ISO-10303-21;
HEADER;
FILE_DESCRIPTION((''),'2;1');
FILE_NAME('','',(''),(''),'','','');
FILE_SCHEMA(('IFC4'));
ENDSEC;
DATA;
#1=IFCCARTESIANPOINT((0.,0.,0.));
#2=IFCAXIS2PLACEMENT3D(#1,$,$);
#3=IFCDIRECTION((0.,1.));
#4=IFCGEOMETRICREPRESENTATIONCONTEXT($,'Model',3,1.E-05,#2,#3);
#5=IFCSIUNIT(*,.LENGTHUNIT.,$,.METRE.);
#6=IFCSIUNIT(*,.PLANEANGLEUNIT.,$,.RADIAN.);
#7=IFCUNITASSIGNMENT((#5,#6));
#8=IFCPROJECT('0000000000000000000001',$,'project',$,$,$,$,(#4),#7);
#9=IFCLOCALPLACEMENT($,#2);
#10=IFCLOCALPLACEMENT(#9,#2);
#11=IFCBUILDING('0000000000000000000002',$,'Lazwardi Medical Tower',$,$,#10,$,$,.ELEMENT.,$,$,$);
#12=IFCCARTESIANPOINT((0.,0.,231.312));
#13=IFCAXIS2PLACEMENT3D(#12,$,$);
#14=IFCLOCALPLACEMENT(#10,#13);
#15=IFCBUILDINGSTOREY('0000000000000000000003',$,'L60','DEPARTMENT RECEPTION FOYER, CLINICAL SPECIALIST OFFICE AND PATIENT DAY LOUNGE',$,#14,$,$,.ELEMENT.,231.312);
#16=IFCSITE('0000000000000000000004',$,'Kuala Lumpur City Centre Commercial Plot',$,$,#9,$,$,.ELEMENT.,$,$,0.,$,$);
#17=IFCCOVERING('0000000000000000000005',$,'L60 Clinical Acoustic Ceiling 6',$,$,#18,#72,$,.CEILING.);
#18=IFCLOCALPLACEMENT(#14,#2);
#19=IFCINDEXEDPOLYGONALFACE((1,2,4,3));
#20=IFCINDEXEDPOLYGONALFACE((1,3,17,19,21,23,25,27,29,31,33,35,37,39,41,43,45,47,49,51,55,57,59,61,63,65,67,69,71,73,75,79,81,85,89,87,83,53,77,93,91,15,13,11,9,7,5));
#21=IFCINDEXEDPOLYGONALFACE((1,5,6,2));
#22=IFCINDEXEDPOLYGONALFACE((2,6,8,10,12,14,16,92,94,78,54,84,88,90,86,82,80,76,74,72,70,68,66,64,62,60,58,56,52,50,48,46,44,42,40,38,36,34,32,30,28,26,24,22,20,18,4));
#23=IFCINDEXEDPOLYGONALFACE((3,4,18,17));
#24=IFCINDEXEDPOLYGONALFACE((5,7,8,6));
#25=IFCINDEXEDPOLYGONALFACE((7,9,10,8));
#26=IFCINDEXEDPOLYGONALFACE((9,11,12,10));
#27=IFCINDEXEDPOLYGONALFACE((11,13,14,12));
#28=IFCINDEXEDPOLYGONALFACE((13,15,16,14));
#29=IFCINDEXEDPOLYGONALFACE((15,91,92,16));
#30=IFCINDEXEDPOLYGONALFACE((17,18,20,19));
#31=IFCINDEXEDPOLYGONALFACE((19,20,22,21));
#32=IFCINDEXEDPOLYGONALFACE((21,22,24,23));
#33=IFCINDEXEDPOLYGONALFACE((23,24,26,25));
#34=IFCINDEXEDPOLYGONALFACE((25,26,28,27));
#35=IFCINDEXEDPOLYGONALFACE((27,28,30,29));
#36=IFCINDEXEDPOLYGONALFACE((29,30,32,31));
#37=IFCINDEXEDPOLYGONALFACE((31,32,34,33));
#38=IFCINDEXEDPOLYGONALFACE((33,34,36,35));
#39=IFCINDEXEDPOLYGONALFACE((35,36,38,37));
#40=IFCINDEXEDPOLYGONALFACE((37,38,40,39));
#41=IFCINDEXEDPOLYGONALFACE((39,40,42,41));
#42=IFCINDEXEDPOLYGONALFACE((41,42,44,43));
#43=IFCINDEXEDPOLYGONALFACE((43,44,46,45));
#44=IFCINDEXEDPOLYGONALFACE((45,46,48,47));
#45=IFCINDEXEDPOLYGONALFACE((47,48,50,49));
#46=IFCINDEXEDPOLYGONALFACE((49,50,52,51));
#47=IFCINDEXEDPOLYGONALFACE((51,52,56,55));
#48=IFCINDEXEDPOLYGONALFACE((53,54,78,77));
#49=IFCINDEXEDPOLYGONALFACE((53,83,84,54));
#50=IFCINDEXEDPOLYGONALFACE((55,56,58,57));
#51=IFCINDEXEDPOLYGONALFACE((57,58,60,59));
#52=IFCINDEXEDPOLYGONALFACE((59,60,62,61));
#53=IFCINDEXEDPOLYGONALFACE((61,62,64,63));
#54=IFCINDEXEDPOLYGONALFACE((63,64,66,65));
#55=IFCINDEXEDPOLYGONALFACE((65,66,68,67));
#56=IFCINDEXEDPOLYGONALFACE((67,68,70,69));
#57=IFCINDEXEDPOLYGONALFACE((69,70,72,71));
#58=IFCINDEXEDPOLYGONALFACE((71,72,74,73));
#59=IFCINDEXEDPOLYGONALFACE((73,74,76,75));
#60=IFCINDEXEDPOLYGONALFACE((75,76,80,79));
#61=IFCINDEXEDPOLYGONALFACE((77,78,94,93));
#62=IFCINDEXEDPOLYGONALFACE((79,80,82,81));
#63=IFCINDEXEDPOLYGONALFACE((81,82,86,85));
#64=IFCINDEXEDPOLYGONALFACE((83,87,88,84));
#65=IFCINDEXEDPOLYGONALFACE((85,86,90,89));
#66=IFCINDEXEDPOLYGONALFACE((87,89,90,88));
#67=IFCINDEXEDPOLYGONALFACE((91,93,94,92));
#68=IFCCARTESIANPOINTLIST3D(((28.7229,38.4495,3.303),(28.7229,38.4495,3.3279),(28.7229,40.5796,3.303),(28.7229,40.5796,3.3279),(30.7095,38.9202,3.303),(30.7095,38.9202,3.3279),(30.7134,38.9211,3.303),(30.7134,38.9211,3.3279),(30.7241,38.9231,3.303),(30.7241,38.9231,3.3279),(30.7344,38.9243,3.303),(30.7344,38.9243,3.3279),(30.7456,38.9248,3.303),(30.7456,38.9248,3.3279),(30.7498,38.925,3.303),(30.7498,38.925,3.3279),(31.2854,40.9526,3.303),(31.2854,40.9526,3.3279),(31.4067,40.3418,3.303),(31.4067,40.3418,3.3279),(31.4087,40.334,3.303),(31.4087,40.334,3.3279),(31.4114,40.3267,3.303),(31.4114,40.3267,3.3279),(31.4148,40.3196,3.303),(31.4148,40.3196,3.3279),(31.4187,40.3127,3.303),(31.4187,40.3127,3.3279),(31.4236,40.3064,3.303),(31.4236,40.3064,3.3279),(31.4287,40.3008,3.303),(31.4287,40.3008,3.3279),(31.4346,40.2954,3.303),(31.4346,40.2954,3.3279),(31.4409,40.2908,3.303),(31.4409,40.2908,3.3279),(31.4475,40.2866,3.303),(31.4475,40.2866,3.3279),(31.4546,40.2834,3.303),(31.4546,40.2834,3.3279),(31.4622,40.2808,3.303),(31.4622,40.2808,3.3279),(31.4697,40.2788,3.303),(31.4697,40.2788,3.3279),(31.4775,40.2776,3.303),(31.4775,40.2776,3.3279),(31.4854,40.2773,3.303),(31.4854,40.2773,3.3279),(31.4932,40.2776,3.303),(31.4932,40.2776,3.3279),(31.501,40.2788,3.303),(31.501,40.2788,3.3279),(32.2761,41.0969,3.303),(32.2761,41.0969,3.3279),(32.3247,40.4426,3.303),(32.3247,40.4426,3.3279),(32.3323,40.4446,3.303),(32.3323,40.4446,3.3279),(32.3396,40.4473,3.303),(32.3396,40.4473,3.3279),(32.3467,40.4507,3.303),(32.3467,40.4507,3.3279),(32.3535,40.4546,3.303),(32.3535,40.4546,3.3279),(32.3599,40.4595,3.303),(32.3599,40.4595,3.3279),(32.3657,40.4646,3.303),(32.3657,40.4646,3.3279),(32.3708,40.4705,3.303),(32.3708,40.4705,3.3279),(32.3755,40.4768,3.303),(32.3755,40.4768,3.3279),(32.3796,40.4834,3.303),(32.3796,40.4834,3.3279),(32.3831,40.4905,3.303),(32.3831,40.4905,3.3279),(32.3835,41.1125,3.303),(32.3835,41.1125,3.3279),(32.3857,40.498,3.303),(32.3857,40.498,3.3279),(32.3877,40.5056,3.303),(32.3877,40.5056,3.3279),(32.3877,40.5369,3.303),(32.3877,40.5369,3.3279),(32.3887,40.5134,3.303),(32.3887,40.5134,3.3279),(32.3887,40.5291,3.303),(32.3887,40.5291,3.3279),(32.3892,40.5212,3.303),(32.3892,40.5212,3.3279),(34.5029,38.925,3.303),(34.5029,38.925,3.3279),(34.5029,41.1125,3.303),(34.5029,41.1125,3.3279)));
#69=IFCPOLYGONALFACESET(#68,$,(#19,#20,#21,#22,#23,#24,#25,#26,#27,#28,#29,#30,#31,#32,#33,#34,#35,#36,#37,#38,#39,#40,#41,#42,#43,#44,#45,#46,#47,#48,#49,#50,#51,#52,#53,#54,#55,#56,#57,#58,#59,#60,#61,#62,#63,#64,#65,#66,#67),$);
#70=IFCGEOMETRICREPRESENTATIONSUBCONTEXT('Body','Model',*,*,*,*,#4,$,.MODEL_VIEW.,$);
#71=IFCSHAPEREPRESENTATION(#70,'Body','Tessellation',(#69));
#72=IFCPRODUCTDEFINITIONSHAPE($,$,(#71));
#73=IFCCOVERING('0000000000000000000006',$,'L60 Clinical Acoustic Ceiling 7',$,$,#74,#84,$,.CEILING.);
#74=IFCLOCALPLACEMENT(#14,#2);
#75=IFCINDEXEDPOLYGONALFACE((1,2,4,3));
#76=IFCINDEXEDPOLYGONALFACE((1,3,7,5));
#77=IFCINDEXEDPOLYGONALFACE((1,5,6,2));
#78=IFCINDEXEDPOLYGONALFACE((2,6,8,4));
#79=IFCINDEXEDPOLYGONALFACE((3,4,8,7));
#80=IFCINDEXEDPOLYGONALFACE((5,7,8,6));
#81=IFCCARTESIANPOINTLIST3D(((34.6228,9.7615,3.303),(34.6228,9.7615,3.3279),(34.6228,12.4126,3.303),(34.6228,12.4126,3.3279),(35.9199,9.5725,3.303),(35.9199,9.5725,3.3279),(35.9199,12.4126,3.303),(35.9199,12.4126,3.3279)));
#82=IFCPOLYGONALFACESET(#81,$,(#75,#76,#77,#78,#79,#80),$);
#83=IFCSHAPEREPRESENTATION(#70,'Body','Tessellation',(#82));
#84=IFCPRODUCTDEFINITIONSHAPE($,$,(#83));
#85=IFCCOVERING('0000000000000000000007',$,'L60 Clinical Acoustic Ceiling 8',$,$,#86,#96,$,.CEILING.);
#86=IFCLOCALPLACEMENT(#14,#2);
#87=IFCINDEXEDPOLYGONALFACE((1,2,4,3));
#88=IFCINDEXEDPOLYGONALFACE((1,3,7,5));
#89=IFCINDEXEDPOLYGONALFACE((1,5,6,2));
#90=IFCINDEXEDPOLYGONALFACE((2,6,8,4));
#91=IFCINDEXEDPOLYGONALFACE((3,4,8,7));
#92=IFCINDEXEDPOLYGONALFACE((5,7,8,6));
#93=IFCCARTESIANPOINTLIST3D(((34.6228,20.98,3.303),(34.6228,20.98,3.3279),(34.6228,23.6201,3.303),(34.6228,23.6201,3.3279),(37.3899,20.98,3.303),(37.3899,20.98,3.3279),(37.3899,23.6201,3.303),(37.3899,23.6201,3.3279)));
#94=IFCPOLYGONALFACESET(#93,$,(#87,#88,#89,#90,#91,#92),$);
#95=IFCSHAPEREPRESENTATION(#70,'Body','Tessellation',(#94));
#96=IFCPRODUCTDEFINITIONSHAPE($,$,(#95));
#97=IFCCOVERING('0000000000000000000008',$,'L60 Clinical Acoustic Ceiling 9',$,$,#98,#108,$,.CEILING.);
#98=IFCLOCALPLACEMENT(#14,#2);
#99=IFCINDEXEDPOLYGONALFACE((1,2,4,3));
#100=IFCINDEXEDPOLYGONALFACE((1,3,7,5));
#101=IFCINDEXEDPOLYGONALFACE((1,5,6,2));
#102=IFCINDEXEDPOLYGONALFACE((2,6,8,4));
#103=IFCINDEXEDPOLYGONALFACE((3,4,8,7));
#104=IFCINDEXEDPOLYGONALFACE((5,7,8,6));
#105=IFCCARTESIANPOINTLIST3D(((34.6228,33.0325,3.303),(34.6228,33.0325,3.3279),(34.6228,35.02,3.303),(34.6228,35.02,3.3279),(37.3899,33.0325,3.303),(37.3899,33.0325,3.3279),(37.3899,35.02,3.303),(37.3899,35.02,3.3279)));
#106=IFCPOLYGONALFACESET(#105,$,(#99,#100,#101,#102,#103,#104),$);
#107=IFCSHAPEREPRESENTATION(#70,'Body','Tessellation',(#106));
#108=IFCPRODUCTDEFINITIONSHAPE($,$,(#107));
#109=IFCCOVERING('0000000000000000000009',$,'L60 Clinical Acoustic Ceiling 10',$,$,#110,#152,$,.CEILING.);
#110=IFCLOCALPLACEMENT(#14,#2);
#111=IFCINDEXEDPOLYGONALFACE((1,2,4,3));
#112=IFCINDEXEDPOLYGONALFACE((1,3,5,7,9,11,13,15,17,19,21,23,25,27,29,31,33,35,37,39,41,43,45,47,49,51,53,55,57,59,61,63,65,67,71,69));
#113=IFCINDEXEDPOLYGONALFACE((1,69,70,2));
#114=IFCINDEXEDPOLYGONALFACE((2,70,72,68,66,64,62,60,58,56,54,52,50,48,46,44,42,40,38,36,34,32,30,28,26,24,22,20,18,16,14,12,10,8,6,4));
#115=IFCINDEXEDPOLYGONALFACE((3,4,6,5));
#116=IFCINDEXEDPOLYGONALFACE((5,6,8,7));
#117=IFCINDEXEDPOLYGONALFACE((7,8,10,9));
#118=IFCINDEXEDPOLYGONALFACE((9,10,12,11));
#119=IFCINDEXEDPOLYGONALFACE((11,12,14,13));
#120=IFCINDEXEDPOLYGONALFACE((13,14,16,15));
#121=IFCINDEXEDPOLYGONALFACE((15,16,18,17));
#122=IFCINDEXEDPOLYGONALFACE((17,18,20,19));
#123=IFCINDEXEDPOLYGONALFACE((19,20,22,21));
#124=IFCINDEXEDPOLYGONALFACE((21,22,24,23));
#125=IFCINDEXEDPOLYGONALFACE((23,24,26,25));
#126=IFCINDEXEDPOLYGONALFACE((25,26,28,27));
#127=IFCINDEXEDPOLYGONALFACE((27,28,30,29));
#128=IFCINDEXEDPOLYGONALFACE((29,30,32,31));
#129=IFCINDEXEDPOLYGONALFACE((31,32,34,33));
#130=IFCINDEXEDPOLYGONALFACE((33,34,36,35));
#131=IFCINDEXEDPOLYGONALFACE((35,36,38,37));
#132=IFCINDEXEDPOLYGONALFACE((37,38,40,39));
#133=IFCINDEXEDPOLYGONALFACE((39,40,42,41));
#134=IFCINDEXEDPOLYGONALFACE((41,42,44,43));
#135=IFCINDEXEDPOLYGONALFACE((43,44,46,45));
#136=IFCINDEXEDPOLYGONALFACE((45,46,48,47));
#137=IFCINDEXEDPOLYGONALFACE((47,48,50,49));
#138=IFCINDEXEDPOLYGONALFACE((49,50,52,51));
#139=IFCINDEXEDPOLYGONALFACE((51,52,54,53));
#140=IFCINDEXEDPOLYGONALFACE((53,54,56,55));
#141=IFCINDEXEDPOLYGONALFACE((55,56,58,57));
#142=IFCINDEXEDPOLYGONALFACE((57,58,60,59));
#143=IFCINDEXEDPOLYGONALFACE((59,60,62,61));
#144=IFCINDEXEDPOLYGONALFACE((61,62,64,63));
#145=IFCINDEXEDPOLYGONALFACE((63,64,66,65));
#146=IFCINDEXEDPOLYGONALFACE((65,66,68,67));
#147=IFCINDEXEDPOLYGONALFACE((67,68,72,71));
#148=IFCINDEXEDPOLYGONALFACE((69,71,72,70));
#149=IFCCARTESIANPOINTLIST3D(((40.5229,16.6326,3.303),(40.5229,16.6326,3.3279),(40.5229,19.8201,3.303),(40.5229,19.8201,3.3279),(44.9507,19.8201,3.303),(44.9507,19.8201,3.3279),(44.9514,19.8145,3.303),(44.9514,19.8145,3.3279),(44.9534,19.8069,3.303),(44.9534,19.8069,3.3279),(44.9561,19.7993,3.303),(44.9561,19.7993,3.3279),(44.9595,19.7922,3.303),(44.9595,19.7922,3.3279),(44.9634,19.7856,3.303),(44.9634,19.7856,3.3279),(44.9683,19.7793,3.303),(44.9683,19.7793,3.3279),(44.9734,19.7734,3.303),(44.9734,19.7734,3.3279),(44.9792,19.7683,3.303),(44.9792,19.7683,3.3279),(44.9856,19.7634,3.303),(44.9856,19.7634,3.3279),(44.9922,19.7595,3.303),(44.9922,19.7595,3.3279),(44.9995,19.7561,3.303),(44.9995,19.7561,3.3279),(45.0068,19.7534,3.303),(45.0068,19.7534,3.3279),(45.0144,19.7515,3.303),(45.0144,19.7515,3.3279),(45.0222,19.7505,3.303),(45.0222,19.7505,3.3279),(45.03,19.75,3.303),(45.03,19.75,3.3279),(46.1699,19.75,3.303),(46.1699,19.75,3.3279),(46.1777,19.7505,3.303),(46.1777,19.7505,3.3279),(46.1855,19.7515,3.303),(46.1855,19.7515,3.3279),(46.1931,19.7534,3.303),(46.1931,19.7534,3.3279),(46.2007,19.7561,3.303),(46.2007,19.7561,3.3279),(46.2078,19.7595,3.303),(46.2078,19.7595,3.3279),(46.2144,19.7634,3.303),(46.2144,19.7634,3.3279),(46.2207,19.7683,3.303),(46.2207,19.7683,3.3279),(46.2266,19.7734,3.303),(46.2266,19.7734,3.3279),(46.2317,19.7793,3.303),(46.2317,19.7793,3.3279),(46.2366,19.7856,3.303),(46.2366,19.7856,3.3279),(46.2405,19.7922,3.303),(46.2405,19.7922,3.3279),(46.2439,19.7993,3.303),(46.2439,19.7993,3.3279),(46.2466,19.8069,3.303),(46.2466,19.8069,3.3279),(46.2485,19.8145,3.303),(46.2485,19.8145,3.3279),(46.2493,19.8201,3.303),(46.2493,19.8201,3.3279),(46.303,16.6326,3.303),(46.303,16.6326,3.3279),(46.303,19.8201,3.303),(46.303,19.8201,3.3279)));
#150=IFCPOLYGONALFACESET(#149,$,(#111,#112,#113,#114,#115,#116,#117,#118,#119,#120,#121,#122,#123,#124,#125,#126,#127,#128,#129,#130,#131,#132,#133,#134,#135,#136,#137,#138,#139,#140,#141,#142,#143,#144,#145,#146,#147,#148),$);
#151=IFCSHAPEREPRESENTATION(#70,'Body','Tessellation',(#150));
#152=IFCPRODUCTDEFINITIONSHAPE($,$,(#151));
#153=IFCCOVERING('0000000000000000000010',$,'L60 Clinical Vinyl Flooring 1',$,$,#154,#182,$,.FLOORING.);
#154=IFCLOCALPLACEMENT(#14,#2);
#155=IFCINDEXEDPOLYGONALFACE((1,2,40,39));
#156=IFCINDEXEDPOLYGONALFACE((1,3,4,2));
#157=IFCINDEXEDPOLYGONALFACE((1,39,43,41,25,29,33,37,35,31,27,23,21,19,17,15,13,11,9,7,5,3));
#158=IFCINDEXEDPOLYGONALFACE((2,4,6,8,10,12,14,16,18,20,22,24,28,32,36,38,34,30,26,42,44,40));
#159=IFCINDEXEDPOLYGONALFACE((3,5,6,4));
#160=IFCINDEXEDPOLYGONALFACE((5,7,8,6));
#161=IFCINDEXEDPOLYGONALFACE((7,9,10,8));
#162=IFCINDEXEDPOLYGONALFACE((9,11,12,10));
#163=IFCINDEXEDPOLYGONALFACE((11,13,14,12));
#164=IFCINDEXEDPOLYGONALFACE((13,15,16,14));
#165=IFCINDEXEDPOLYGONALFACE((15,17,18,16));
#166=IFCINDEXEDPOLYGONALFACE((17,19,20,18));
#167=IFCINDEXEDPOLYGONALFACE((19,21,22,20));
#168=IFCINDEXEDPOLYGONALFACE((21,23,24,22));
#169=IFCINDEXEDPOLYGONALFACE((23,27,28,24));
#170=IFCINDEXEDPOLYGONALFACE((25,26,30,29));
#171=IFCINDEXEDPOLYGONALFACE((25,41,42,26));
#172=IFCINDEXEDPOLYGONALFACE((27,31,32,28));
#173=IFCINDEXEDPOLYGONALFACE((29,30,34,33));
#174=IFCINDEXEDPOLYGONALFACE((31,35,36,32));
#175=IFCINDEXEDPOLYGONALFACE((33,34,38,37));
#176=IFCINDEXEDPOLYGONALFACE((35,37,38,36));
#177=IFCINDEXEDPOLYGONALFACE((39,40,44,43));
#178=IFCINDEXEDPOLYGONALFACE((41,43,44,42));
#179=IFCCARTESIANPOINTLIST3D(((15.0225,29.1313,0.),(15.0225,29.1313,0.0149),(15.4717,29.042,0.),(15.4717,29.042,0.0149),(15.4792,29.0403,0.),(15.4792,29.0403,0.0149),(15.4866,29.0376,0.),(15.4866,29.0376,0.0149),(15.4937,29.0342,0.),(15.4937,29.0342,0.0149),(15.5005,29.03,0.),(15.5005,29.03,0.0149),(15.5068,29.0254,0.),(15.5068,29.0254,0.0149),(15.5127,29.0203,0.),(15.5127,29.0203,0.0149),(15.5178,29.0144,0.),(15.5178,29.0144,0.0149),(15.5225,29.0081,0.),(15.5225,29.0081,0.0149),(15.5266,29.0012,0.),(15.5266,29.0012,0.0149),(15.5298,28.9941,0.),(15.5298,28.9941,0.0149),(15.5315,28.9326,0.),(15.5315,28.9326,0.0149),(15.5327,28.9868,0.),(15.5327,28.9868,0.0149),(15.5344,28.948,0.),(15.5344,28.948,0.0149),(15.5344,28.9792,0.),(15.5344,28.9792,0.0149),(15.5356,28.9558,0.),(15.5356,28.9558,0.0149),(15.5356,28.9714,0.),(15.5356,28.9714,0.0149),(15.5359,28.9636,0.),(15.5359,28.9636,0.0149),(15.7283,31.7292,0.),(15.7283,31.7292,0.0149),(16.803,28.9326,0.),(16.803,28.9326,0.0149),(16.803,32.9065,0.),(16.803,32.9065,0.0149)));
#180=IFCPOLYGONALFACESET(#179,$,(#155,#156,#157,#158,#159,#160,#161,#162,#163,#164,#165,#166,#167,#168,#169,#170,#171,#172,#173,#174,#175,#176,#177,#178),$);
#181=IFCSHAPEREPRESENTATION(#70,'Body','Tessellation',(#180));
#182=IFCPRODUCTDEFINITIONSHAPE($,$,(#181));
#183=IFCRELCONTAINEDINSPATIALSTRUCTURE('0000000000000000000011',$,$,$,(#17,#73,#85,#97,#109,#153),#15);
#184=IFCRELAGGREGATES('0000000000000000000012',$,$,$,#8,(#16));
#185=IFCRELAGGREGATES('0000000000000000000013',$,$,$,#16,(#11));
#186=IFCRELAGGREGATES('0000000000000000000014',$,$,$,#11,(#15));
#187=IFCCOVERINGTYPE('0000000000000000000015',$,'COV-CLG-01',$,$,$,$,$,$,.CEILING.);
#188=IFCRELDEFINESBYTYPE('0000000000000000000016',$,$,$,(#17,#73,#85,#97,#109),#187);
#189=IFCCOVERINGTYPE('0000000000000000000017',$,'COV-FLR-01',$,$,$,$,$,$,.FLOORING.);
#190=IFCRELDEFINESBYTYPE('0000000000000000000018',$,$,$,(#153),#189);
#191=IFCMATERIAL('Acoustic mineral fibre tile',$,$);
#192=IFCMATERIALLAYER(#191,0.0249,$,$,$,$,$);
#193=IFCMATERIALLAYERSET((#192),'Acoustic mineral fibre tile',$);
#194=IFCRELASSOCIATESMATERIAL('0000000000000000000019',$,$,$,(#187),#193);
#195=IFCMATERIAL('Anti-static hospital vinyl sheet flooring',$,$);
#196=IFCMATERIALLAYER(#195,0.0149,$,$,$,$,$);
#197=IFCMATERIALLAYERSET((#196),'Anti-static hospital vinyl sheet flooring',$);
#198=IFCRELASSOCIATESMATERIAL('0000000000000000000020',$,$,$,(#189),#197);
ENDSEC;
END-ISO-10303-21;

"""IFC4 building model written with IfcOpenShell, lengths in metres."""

from ifc_helpers import new_model, si_unit, direction, frame, origin, place, context, subcontext, project, spatial, polyline, outline, extrude, material, layer, layer_set, type_object, element, save


model = new_model("IFC4")

# Units and contexts
model_context = context("Model", 3, precision=1e-05, world=origin(), true_north=direction((0.0, 1.0)))
body_context = subcontext(model_context, "Body", "Model", "MODEL_VIEW")
ifc_project = project(units=[si_unit("LENGTHUNIT", "METRE"), si_unit("PLANEANGLEUNIT", "RADIAN")], contexts=[model_context])

# Site, building, storey
site_placement = place(None, origin())
site = spatial("IfcSite", under=ifc_project, at=site_placement, Name="Kuala Lumpur City Centre Commercial Plot", CompositionType="ELEMENT", RefElevation=0.0)
building_placement = place(site_placement, origin())
building = spatial("IfcBuilding", under=site, at=building_placement, Name="Lazwardi Medical Tower", CompositionType="ELEMENT")
storey_placement = place(building_placement, frame((0.0, 0.0, 231.312)))
storey = spatial("IfcBuildingStorey", under=building, at=storey_placement, Name="L60", Description="DEPARTMENT RECEPTION FOYER, CLINICAL SPECIALIST OFFICE AND PATIENT DAY LOUNGE", CompositionType="ELEMENT", Elevation=231.312)

# Coverings
ifc_material_1 = material(Name="Acoustic mineral fibre tile")
ifc_layer_1 = layer(ifc_material_1, 0.0249)
ifc_layer_set_1 = layer_set([ifc_layer_1], Name="Acoustic mineral fibre tile")
covering_type_1 = type_object("IfcCoveringType", Name="COV-CLG-01", PredefinedType="CEILING", material=ifc_layer_set_1)
covering_1_placement = place(storey_placement, frame((0.0, 0.0, 3.303)))
element("IfcCovering", 1, at=covering_1_placement, inside=storey, type_object=covering_type_1, Name="L60 Clinical Acoustic Ceiling 6", PredefinedType="CEILING", context=body_context, shape_type="SweptSolid", body=[
    extrude(outline(polyline([(32.3835, 41.1125), (32.2761, 41.0969), (32.3877, 40.5369), (32.3887, 40.5291), (32.3892, 40.5212), (32.3887, 40.5134), (32.3877, 40.5056), (32.3857, 40.498), (32.3831, 40.4905), (32.3796, 40.4834), (32.3755, 40.4768), (32.3708, 40.4705), (32.3657, 40.4646), (32.3599, 40.4595), (32.3535, 40.4546), (32.3467, 40.4507), (32.3396, 40.4473), (32.3323, 40.4446), (32.3247, 40.4426), (31.501, 40.2788), (31.4932, 40.2776), (31.4854, 40.2773), (31.4775, 40.2776), (31.4697, 40.2788), (31.4622, 40.2808), (31.4546, 40.2834), (31.4475, 40.2866), (31.4409, 40.2908), (31.4346, 40.2954), (31.4287, 40.3008), (31.4236, 40.3064), (31.4187, 40.3127), (31.4148, 40.3196), (31.4114, 40.3267), (31.4087, 40.334), (31.4067, 40.3418), (31.2854, 40.9526), (28.7229, 40.5796), (28.7229, 38.4495), (30.7095, 38.9202), (30.7134, 38.9211), (30.7241, 38.9231), (30.7344, 38.9243), (30.7456, 38.9248), (30.7498, 38.925), (34.5029, 38.925), (34.5029, 41.1125), (32.3835, 41.1125)])), origin(), (0.0, 0.0, 1.0), 0.0249),
])
covering_2_placement = place(storey_placement, frame((0.0, 0.0, 3.303)))
element("IfcCovering", 2, at=covering_2_placement, inside=storey, type_object=covering_type_1, Name="L60 Clinical Acoustic Ceiling 7", PredefinedType="CEILING", context=body_context, shape_type="SweptSolid", body=[
    extrude(outline(polyline([(34.6228, 9.7615), (35.9199, 9.5725), (35.9199, 12.4126), (34.6228, 12.4126), (34.6228, 9.7615)])), origin(), (0.0, 0.0, 1.0), 0.0249),
])
covering_3_placement = place(storey_placement, frame((0.0, 0.0, 3.303)))
element("IfcCovering", 3, at=covering_3_placement, inside=storey, type_object=covering_type_1, Name="L60 Clinical Acoustic Ceiling 8", PredefinedType="CEILING", context=body_context, shape_type="SweptSolid", body=[
    extrude(outline(polyline([(34.6228, 20.98), (37.3899, 20.98), (37.3899, 23.6201), (34.6228, 23.6201), (34.6228, 20.98)])), origin(), (0.0, 0.0, 1.0), 0.0249),
])
covering_4_placement = place(storey_placement, frame((0.0, 0.0, 3.303)))
element("IfcCovering", 4, at=covering_4_placement, inside=storey, type_object=covering_type_1, Name="L60 Clinical Acoustic Ceiling 9", PredefinedType="CEILING", context=body_context, shape_type="SweptSolid", body=[
    extrude(outline(polyline([(37.3899, 33.0325), (37.3899, 35.02), (34.6228, 35.02), (34.6228, 33.0325), (37.3899, 33.0325)])), origin(), (0.0, 0.0, 1.0), 0.0249),
])
covering_5_placement = place(storey_placement, frame((0.0, 0.0, 3.303)))
element("IfcCovering", 5, at=covering_5_placement, inside=storey, type_object=covering_type_1, Name="L60 Clinical Acoustic Ceiling 10", PredefinedType="CEILING", context=body_context, shape_type="SweptSolid", body=[
    extrude(outline(polyline([(46.303, 19.8201), (46.2493, 19.8201), (46.2485, 19.8145), (46.2466, 19.8069), (46.2439, 19.7993), (46.2405, 19.7922), (46.2366, 19.7856), (46.2317, 19.7793), (46.2266, 19.7734), (46.2207, 19.7683), (46.2144, 19.7634), (46.2078, 19.7595), (46.2007, 19.7561), (46.1931, 19.7534), (46.1855, 19.7515), (46.1777, 19.7505), (46.1699, 19.75), (45.03, 19.75), (45.0222, 19.7505), (45.0144, 19.7515), (45.0068, 19.7534), (44.9995, 19.7561), (44.9922, 19.7595), (44.9856, 19.7634), (44.9792, 19.7683), (44.9734, 19.7734), (44.9683, 19.7793), (44.9634, 19.7856), (44.9595, 19.7922), (44.9561, 19.7993), (44.9534, 19.8069), (44.9514, 19.8145), (44.9507, 19.8201), (40.5229, 19.8201), (40.5229, 16.6326), (46.303, 16.6326), (46.303, 19.8201)])), origin(), (0.0, 0.0, 1.0), 0.0249),
])
ifc_material_2 = material(Name="Anti-static hospital vinyl sheet flooring")
ifc_layer_2 = layer(ifc_material_2, 0.0149)
ifc_layer_set_2 = layer_set([ifc_layer_2], Name="Anti-static hospital vinyl sheet flooring")
covering_type_2 = type_object("IfcCoveringType", Name="COV-FLR-01", PredefinedType="FLOORING", material=ifc_layer_set_2)
covering_6_placement = place(storey_placement, origin())
element("IfcCovering", 6, at=covering_6_placement, inside=storey, type_object=covering_type_2, Name="L60 Clinical Vinyl Flooring 1", PredefinedType="FLOORING", context=body_context, shape_type="SweptSolid", body=[
    extrude(outline(polyline([(16.803, 32.9065), (15.7283, 31.7292), (15.0225, 29.1313), (15.4717, 29.042), (15.4792, 29.0403), (15.4866, 29.0376), (15.4937, 29.0342), (15.5005, 29.03), (15.5068, 29.0254), (15.5127, 29.0203), (15.5178, 29.0144), (15.5225, 29.0081), (15.5266, 29.0012), (15.5298, 28.9941), (15.5327, 28.9868), (15.5344, 28.9792), (15.5356, 28.9714), (15.5359, 28.9636), (15.5356, 28.9558), (15.5344, 28.948), (15.5315, 28.9326), (16.803, 28.9326), (16.803, 32.9065)])), origin(), (0.0, 0.0, 1.0), 0.0149),
])

save(model, "model.ifc")
